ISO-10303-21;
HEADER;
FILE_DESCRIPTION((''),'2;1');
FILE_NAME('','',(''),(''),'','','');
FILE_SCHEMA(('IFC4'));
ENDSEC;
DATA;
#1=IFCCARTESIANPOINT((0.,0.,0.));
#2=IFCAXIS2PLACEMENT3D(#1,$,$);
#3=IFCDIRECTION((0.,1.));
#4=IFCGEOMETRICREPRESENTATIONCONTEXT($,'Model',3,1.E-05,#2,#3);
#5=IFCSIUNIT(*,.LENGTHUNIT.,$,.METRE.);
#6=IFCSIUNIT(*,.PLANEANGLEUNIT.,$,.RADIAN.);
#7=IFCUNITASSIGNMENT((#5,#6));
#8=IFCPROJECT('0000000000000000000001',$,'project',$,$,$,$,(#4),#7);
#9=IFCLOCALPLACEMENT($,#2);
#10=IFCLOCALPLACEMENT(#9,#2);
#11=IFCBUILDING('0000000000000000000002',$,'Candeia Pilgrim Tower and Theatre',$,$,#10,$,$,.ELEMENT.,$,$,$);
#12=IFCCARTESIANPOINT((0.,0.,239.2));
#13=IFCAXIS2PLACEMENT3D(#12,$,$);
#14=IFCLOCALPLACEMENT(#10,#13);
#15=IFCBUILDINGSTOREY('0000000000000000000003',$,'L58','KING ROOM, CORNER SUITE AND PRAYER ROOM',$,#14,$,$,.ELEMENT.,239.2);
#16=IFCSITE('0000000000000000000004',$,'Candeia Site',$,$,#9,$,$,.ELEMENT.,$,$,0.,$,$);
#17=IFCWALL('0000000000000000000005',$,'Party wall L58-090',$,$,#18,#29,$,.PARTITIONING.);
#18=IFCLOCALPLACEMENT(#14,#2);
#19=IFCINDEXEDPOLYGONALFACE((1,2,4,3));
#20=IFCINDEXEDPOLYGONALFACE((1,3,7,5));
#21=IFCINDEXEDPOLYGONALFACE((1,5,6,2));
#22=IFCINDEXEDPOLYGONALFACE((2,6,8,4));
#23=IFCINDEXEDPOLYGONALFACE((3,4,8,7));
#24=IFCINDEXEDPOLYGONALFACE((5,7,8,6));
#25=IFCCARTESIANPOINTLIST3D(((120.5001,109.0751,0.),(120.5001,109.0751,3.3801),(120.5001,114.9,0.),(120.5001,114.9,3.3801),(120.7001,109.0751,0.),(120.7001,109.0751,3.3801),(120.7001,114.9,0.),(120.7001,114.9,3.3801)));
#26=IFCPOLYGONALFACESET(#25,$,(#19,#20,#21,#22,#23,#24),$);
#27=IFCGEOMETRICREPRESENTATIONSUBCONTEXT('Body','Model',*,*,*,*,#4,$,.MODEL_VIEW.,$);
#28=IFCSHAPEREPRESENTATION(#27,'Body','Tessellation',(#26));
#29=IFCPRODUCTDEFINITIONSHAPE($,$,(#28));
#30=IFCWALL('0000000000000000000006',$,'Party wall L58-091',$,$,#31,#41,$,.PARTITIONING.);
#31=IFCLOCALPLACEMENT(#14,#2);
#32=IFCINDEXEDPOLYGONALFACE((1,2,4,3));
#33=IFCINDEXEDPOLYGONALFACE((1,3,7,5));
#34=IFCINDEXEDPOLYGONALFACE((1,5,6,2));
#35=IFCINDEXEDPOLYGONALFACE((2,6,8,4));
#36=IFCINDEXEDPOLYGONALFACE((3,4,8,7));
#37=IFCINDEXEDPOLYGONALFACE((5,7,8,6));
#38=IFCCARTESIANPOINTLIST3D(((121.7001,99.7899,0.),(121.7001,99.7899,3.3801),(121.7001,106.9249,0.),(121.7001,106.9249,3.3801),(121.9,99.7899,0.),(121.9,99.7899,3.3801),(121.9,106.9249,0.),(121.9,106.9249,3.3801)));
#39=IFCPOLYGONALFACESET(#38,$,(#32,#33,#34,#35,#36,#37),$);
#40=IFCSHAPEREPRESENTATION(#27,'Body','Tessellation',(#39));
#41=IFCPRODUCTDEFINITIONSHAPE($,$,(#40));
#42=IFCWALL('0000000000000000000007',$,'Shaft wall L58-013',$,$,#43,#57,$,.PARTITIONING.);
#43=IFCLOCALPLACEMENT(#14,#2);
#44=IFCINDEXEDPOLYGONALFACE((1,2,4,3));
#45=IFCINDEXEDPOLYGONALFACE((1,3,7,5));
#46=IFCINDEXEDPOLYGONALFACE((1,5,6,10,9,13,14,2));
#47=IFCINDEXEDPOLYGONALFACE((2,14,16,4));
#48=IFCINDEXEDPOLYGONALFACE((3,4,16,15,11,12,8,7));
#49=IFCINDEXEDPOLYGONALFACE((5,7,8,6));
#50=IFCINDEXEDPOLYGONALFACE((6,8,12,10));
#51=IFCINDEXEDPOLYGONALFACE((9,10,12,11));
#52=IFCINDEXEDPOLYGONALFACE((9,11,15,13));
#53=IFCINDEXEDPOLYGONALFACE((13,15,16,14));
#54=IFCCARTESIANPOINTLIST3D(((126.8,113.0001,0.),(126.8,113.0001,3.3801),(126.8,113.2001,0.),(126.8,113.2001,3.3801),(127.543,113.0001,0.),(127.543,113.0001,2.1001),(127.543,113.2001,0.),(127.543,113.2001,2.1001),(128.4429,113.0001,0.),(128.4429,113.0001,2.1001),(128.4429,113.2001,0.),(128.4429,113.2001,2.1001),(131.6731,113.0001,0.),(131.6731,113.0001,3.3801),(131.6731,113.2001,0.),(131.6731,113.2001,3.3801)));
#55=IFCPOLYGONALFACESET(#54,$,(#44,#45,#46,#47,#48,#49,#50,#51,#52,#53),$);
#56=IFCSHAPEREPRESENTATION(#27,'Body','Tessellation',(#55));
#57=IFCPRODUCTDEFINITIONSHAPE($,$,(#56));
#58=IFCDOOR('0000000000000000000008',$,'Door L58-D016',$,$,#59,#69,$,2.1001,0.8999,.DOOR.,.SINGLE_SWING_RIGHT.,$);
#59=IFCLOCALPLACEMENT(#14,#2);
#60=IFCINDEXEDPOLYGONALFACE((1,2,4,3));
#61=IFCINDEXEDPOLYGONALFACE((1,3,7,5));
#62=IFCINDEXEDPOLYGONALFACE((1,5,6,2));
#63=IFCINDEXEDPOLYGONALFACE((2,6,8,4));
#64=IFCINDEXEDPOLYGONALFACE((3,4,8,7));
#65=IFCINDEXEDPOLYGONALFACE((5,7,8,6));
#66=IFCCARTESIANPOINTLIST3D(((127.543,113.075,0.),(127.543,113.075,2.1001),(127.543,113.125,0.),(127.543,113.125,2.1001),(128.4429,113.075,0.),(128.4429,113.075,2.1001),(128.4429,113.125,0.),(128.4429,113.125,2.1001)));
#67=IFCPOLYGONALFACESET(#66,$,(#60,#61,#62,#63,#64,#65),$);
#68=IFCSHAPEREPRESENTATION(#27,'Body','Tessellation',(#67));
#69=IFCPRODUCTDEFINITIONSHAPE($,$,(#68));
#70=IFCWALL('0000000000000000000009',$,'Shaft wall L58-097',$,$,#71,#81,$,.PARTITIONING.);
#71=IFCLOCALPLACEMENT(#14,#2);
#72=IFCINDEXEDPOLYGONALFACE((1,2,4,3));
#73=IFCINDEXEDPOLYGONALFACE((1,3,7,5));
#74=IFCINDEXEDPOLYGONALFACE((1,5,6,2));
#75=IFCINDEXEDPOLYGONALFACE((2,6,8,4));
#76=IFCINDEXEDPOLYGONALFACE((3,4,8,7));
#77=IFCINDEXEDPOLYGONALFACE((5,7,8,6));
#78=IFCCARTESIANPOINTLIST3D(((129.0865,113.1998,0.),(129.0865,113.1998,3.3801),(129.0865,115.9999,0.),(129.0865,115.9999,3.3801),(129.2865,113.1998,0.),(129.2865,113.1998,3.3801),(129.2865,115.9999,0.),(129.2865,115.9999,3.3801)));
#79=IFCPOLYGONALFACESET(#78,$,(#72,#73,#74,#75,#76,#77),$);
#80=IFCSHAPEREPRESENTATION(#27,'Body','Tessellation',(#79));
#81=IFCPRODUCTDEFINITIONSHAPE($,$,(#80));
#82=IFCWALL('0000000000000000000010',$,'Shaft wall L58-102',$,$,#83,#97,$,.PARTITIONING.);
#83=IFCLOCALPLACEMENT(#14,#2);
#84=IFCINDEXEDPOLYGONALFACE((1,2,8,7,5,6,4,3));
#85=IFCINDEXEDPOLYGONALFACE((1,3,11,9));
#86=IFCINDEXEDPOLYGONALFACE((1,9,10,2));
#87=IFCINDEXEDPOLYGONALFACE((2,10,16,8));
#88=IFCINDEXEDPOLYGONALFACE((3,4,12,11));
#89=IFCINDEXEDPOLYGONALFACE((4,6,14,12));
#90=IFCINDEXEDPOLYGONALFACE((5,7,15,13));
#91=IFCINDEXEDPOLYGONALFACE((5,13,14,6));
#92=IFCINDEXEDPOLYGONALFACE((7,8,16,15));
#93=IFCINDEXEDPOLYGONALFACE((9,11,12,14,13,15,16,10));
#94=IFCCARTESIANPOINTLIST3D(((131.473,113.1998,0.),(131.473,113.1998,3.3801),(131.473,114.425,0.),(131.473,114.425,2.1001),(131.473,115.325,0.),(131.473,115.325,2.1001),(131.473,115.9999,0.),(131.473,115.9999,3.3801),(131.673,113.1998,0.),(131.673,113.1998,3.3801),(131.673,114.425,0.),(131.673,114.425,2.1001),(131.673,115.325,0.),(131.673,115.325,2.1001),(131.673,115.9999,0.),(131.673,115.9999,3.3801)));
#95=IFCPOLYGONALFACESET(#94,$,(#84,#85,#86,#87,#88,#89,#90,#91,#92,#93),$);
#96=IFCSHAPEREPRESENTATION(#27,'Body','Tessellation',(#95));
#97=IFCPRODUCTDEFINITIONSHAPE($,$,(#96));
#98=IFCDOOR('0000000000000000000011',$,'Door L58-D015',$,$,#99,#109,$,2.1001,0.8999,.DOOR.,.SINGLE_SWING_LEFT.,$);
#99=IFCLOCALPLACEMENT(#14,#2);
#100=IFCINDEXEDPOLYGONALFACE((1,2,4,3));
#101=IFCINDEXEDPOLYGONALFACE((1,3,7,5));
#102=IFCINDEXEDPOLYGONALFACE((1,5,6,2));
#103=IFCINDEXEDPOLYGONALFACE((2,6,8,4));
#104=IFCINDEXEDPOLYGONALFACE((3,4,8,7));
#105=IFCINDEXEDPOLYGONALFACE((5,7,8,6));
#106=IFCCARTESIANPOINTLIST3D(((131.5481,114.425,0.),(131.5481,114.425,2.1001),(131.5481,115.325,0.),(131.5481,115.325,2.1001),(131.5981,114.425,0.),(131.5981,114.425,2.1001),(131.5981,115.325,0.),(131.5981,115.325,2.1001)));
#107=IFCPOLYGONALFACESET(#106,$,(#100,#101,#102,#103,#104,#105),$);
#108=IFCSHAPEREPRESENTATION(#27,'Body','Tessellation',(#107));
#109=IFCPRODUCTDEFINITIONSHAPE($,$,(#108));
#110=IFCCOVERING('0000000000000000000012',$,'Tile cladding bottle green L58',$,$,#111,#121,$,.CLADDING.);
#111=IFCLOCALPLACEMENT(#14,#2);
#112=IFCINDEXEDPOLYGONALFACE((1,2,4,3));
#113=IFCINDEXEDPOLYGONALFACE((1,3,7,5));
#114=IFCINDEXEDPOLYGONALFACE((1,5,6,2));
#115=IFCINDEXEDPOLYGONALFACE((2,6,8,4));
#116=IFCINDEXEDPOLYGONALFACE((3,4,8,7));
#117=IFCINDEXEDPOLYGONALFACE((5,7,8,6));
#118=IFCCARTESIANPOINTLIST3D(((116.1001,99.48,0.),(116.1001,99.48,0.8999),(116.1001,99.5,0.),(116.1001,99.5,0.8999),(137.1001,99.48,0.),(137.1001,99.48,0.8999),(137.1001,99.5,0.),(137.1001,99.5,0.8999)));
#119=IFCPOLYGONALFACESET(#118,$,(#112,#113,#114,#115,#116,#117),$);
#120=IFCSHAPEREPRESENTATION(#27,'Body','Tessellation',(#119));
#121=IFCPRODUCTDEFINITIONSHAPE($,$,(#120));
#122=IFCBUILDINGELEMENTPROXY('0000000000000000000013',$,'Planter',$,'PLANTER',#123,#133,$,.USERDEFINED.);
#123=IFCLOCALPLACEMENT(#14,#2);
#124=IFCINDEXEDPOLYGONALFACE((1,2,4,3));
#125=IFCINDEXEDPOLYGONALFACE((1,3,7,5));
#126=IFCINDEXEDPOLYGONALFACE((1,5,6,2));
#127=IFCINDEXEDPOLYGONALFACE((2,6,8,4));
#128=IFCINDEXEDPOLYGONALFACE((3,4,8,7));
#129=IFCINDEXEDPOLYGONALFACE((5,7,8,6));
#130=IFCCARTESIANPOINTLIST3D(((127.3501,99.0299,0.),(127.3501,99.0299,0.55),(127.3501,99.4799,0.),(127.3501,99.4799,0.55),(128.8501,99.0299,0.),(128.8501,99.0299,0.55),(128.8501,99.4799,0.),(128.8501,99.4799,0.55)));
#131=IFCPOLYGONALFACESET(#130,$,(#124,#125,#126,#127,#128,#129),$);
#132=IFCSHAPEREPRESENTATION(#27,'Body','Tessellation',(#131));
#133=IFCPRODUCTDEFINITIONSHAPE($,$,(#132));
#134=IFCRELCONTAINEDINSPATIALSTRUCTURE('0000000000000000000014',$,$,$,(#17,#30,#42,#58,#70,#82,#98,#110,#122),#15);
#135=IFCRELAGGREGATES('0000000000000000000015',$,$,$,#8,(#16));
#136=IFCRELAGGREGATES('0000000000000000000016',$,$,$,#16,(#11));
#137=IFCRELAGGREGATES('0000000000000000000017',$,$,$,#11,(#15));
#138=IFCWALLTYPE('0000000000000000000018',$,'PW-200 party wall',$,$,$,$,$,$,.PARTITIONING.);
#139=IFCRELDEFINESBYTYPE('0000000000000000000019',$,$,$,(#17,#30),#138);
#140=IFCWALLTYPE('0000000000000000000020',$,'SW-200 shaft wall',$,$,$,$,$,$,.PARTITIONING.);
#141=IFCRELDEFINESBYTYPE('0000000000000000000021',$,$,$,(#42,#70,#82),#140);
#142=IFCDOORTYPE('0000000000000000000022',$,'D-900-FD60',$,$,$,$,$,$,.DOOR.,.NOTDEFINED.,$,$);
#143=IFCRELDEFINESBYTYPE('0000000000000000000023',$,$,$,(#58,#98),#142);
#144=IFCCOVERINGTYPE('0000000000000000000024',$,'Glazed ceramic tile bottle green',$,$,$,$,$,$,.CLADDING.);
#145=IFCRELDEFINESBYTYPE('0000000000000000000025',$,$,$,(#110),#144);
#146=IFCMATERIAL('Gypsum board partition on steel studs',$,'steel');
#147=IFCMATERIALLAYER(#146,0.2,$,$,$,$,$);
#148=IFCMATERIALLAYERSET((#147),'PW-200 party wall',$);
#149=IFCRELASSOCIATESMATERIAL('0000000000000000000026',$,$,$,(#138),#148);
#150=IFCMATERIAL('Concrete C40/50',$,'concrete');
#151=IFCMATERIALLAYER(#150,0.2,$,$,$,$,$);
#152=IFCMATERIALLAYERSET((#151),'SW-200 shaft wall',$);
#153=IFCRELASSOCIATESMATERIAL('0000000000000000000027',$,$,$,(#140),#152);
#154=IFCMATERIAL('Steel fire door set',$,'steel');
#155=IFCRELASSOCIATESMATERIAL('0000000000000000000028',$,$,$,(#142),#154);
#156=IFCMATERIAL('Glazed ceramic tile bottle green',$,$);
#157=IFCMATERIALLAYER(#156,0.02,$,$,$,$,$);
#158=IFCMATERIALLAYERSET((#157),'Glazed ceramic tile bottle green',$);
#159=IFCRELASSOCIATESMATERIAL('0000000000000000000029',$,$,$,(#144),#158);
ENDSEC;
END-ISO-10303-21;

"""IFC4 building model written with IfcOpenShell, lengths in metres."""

from ifc_helpers import new_model, si_unit, direction, frame, frame_2d, origin, origin_2d, place, context, subcontext, project, spatial, rectangle, extrude, material, layer, layer_set, type_object, element, fill, save


model = new_model("IFC4")

# Units and contexts
model_context = context("Model", 3, precision=1e-05, world=origin(), true_north=direction((0.0, 1.0)))
body_context = subcontext(model_context, "Body", "Model", "MODEL_VIEW")
ifc_project = project(units=[si_unit("LENGTHUNIT", "METRE"), si_unit("PLANEANGLEUNIT", "RADIAN")], contexts=[model_context])

# Site, building, storey
site_placement = place(None, origin())
site = spatial("IfcSite", under=ifc_project, at=site_placement, Name="Candeia Site", CompositionType="ELEMENT", RefElevation=0.0)
building_placement = place(site_placement, origin())
building = spatial("IfcBuilding", under=site, at=building_placement, Name="Candeia Pilgrim Tower and Theatre", CompositionType="ELEMENT")
storey_placement = place(building_placement, frame((0.0, 0.0, 239.2)))
storey = spatial("IfcBuildingStorey", under=building, at=storey_placement, Name="L58", Description="KING ROOM, CORNER SUITE AND PRAYER ROOM", CompositionType="ELEMENT", Elevation=239.2)

# Shared definitions
ifc_material_1 = material(Name="Steel fire door set", Category="steel")

# Shared definitions
ifc_material_2 = material(Name="Gypsum board partition on steel studs", Category="steel")

# Walls
ifc_layer_1 = layer(ifc_material_2, 0.2)
ifc_layer_set_1 = layer_set([ifc_layer_1], Name="PW-200 party wall")
wall_type_1 = type_object("IfcWallType", Name="PW-200 party wall", PredefinedType="PARTITIONING", material=ifc_layer_set_1)
wall_1_placement = place(storey_placement, frame((120.6001, 109.075, 0.0), z_axis=(0.0, 0.0, 1.0), x_axis=(0.0, 1.0, 0.0)))
element("IfcWall", 1, at=wall_1_placement, inside=storey, type_object=wall_type_1, Name="Party wall L58-090", PredefinedType="PARTITIONING", context=body_context, shape_type="SweptSolid", body=[
    extrude(rectangle(XDim=5.825, YDim=0.2, at=frame_2d((2.9126, 0.0))), origin(), (0.0, 0.0, 1.0), 3.3801),
])
wall_2_placement = place(storey_placement, frame((121.8, 99.79, 0.0), z_axis=(0.0, 0.0, 1.0), x_axis=(0.0, 1.0, 0.0)))
element("IfcWall", 2, at=wall_2_placement, inside=storey, type_object=wall_type_1, Name="Party wall L58-091", PredefinedType="PARTITIONING", context=body_context, shape_type="SweptSolid", body=[
    extrude(rectangle(XDim=7.135, YDim=0.2, at=frame_2d((3.5674, 0.0))), origin(), (0.0, 0.0, 1.0), 3.3801),
])

# Wall, opening, door
ifc_material_3 = material(Name="Concrete C40/50", Category="concrete")
ifc_layer_2 = layer(ifc_material_3, 0.2)
ifc_layer_set_2 = layer_set([ifc_layer_2], Name="SW-200 shaft wall")
wall_type_2 = type_object("IfcWallType", Name="SW-200 shaft wall", PredefinedType="PARTITIONING", material=ifc_layer_set_2)
wall_3_placement = place(storey_placement, frame((126.8, 113.1001, 0.0), z_axis=(0.0, 0.0, 1.0), x_axis=(1.0, 0.0, 0.0)))
wall_3 = element("IfcWall", 3, at=wall_3_placement, inside=storey, type_object=wall_type_2, Name="Shaft wall L58-013", PredefinedType="PARTITIONING", context=body_context, shape_type="SweptSolid", body=[
    extrude(rectangle(XDim=4.873, YDim=0.2, at=frame_2d((2.4365, 0.0))), origin(), (0.0, 0.0, 1.0), 3.3801),
])
opening_1_placement = place(wall_3_placement, frame((0.7429, 0.0, 0.0)))
opening_1 = element("IfcOpeningElement", 4, at=opening_1_placement, cuts=wall_3, PredefinedType="OPENING", context=body_context, shape_type="SweptSolid", body=[
    extrude(rectangle(XDim=0.8999, YDim=2.1001, at=frame_2d((0.45, 1.05))), frame((0.0, 0.1099, 0.0), z_axis=(0.0, -1.0, 0.0), x_axis=(1.0, 0.0, 0.0)), (0.0, 0.0, 1.0), 0.22),
])
door_type_1 = type_object("IfcDoorType", Name="D-900-FD60", OperationType="NOTDEFINED", PredefinedType="DOOR", material=ifc_material_1)
door_1_placement = place(opening_1_placement, origin())
door_1 = element("IfcDoor", 5, at=door_1_placement, inside=storey, type_object=door_type_1, Name="Door L58-D016", OperationType="SINGLE_SWING_RIGHT", OverallHeight=2.1001, OverallWidth=0.8999, PredefinedType="DOOR", context=body_context, shape_type="SweptSolid", body=[
    extrude(rectangle(XDim=0.8999, YDim=2.1001, at=frame_2d((0.45, 1.05))), frame((0.0, 0.0249, 0.0), z_axis=(0.0, -1.0, 0.0), x_axis=(1.0, 0.0, 0.0)), (0.0, 0.0, 1.0), 0.05),
])
fill(opening_1, door_1)

# Wall
wall_4_placement = place(storey_placement, frame((129.1865, 113.2, 0.0), z_axis=(0.0, 0.0, 1.0), x_axis=(0.0, 1.0, 0.0)))
element("IfcWall", 6, at=wall_4_placement, inside=storey, type_object=wall_type_2, Name="Shaft wall L58-097", PredefinedType="PARTITIONING", context=body_context, shape_type="SweptSolid", body=[
    extrude(rectangle(XDim=2.8, YDim=0.2, at=frame_2d((1.3999, 0.0))), origin(), (0.0, 0.0, 1.0), 3.3801),
])

# Wall, opening, door
wall_5_placement = place(storey_placement, frame((131.573, 113.2, 0.0), z_axis=(0.0, 0.0, 1.0), x_axis=(0.0, 1.0, 0.0)))
wall_5 = element("IfcWall", 7, at=wall_5_placement, inside=storey, type_object=wall_type_2, Name="Shaft wall L58-102", PredefinedType="PARTITIONING", context=body_context, shape_type="SweptSolid", body=[
    extrude(rectangle(XDim=2.8, YDim=0.2, at=frame_2d((1.3999, 0.0))), origin(), (0.0, 0.0, 1.0), 3.3801),
])
opening_2_placement = place(wall_5_placement, frame((1.2251, 0.0, 0.0)))
opening_2 = element("IfcOpeningElement", 8, at=opening_2_placement, cuts=wall_5, PredefinedType="OPENING", context=body_context, shape_type="SweptSolid", body=[
    extrude(rectangle(XDim=0.8999, YDim=2.1001, at=frame_2d((0.45, 1.05))), frame((0.0, 0.1099, 0.0), z_axis=(0.0, -1.0, 0.0), x_axis=(1.0, 0.0, 0.0)), (0.0, 0.0, 1.0), 0.22),
])
door_2_placement = place(opening_2_placement, origin())
door_2 = element("IfcDoor", 9, at=door_2_placement, inside=storey, type_object=door_type_1, Name="Door L58-D015", OperationType="SINGLE_SWING_LEFT", OverallHeight=2.1001, OverallWidth=0.8999, PredefinedType="DOOR", context=body_context, shape_type="SweptSolid", body=[
    extrude(rectangle(XDim=0.8999, YDim=2.1001, at=frame_2d((0.45, 1.05))), frame((0.0, 0.0249, 0.0), z_axis=(0.0, -1.0, 0.0), x_axis=(1.0, 0.0, 0.0)), (0.0, 0.0, 1.0), 0.05),
])
fill(opening_2, door_2)

# Covering
ifc_material_4 = material(Name="Glazed ceramic tile bottle green")
ifc_layer_3 = layer(ifc_material_4, 0.02)
ifc_layer_set_3 = layer_set([ifc_layer_3], Name="Glazed ceramic tile bottle green")
covering_type = type_object("IfcCoveringType", Name="Glazed ceramic tile bottle green", PredefinedType="CLADDING", material=ifc_layer_set_3)
covering_placement = place(storey_placement, frame((126.6001, 99.49, 0.0), z_axis=(0.0, 0.0, 1.0), x_axis=(1.0, 0.0, 0.0)))
element("IfcCovering", 10, at=covering_placement, inside=storey, type_object=covering_type, Name="Tile cladding bottle green L58", PredefinedType="CLADDING", context=body_context, shape_type="SweptSolid", body=[
    extrude(rectangle(XDim=21.0, YDim=0.02, at=origin_2d()), origin(), (0.0, 0.0, 1.0), 0.8999),
])

# Building element proxy
proxy_placement = place(storey_placement, frame((128.1001, 99.2549, 0.0), z_axis=(0.0, 0.0, 1.0), x_axis=(1.0, 0.0, 0.0)))
element("IfcBuildingElementProxy", 11, at=proxy_placement, inside=storey, Name="Planter", ObjectType="PLANTER", PredefinedType="USERDEFINED", context=body_context, shape_type="SweptSolid", body=[
    extrude(rectangle(XDim=1.5, YDim=0.45, at=origin_2d()), origin(), (0.0, 0.0, 1.0), 0.55),
])

save(model, "model.ifc")
